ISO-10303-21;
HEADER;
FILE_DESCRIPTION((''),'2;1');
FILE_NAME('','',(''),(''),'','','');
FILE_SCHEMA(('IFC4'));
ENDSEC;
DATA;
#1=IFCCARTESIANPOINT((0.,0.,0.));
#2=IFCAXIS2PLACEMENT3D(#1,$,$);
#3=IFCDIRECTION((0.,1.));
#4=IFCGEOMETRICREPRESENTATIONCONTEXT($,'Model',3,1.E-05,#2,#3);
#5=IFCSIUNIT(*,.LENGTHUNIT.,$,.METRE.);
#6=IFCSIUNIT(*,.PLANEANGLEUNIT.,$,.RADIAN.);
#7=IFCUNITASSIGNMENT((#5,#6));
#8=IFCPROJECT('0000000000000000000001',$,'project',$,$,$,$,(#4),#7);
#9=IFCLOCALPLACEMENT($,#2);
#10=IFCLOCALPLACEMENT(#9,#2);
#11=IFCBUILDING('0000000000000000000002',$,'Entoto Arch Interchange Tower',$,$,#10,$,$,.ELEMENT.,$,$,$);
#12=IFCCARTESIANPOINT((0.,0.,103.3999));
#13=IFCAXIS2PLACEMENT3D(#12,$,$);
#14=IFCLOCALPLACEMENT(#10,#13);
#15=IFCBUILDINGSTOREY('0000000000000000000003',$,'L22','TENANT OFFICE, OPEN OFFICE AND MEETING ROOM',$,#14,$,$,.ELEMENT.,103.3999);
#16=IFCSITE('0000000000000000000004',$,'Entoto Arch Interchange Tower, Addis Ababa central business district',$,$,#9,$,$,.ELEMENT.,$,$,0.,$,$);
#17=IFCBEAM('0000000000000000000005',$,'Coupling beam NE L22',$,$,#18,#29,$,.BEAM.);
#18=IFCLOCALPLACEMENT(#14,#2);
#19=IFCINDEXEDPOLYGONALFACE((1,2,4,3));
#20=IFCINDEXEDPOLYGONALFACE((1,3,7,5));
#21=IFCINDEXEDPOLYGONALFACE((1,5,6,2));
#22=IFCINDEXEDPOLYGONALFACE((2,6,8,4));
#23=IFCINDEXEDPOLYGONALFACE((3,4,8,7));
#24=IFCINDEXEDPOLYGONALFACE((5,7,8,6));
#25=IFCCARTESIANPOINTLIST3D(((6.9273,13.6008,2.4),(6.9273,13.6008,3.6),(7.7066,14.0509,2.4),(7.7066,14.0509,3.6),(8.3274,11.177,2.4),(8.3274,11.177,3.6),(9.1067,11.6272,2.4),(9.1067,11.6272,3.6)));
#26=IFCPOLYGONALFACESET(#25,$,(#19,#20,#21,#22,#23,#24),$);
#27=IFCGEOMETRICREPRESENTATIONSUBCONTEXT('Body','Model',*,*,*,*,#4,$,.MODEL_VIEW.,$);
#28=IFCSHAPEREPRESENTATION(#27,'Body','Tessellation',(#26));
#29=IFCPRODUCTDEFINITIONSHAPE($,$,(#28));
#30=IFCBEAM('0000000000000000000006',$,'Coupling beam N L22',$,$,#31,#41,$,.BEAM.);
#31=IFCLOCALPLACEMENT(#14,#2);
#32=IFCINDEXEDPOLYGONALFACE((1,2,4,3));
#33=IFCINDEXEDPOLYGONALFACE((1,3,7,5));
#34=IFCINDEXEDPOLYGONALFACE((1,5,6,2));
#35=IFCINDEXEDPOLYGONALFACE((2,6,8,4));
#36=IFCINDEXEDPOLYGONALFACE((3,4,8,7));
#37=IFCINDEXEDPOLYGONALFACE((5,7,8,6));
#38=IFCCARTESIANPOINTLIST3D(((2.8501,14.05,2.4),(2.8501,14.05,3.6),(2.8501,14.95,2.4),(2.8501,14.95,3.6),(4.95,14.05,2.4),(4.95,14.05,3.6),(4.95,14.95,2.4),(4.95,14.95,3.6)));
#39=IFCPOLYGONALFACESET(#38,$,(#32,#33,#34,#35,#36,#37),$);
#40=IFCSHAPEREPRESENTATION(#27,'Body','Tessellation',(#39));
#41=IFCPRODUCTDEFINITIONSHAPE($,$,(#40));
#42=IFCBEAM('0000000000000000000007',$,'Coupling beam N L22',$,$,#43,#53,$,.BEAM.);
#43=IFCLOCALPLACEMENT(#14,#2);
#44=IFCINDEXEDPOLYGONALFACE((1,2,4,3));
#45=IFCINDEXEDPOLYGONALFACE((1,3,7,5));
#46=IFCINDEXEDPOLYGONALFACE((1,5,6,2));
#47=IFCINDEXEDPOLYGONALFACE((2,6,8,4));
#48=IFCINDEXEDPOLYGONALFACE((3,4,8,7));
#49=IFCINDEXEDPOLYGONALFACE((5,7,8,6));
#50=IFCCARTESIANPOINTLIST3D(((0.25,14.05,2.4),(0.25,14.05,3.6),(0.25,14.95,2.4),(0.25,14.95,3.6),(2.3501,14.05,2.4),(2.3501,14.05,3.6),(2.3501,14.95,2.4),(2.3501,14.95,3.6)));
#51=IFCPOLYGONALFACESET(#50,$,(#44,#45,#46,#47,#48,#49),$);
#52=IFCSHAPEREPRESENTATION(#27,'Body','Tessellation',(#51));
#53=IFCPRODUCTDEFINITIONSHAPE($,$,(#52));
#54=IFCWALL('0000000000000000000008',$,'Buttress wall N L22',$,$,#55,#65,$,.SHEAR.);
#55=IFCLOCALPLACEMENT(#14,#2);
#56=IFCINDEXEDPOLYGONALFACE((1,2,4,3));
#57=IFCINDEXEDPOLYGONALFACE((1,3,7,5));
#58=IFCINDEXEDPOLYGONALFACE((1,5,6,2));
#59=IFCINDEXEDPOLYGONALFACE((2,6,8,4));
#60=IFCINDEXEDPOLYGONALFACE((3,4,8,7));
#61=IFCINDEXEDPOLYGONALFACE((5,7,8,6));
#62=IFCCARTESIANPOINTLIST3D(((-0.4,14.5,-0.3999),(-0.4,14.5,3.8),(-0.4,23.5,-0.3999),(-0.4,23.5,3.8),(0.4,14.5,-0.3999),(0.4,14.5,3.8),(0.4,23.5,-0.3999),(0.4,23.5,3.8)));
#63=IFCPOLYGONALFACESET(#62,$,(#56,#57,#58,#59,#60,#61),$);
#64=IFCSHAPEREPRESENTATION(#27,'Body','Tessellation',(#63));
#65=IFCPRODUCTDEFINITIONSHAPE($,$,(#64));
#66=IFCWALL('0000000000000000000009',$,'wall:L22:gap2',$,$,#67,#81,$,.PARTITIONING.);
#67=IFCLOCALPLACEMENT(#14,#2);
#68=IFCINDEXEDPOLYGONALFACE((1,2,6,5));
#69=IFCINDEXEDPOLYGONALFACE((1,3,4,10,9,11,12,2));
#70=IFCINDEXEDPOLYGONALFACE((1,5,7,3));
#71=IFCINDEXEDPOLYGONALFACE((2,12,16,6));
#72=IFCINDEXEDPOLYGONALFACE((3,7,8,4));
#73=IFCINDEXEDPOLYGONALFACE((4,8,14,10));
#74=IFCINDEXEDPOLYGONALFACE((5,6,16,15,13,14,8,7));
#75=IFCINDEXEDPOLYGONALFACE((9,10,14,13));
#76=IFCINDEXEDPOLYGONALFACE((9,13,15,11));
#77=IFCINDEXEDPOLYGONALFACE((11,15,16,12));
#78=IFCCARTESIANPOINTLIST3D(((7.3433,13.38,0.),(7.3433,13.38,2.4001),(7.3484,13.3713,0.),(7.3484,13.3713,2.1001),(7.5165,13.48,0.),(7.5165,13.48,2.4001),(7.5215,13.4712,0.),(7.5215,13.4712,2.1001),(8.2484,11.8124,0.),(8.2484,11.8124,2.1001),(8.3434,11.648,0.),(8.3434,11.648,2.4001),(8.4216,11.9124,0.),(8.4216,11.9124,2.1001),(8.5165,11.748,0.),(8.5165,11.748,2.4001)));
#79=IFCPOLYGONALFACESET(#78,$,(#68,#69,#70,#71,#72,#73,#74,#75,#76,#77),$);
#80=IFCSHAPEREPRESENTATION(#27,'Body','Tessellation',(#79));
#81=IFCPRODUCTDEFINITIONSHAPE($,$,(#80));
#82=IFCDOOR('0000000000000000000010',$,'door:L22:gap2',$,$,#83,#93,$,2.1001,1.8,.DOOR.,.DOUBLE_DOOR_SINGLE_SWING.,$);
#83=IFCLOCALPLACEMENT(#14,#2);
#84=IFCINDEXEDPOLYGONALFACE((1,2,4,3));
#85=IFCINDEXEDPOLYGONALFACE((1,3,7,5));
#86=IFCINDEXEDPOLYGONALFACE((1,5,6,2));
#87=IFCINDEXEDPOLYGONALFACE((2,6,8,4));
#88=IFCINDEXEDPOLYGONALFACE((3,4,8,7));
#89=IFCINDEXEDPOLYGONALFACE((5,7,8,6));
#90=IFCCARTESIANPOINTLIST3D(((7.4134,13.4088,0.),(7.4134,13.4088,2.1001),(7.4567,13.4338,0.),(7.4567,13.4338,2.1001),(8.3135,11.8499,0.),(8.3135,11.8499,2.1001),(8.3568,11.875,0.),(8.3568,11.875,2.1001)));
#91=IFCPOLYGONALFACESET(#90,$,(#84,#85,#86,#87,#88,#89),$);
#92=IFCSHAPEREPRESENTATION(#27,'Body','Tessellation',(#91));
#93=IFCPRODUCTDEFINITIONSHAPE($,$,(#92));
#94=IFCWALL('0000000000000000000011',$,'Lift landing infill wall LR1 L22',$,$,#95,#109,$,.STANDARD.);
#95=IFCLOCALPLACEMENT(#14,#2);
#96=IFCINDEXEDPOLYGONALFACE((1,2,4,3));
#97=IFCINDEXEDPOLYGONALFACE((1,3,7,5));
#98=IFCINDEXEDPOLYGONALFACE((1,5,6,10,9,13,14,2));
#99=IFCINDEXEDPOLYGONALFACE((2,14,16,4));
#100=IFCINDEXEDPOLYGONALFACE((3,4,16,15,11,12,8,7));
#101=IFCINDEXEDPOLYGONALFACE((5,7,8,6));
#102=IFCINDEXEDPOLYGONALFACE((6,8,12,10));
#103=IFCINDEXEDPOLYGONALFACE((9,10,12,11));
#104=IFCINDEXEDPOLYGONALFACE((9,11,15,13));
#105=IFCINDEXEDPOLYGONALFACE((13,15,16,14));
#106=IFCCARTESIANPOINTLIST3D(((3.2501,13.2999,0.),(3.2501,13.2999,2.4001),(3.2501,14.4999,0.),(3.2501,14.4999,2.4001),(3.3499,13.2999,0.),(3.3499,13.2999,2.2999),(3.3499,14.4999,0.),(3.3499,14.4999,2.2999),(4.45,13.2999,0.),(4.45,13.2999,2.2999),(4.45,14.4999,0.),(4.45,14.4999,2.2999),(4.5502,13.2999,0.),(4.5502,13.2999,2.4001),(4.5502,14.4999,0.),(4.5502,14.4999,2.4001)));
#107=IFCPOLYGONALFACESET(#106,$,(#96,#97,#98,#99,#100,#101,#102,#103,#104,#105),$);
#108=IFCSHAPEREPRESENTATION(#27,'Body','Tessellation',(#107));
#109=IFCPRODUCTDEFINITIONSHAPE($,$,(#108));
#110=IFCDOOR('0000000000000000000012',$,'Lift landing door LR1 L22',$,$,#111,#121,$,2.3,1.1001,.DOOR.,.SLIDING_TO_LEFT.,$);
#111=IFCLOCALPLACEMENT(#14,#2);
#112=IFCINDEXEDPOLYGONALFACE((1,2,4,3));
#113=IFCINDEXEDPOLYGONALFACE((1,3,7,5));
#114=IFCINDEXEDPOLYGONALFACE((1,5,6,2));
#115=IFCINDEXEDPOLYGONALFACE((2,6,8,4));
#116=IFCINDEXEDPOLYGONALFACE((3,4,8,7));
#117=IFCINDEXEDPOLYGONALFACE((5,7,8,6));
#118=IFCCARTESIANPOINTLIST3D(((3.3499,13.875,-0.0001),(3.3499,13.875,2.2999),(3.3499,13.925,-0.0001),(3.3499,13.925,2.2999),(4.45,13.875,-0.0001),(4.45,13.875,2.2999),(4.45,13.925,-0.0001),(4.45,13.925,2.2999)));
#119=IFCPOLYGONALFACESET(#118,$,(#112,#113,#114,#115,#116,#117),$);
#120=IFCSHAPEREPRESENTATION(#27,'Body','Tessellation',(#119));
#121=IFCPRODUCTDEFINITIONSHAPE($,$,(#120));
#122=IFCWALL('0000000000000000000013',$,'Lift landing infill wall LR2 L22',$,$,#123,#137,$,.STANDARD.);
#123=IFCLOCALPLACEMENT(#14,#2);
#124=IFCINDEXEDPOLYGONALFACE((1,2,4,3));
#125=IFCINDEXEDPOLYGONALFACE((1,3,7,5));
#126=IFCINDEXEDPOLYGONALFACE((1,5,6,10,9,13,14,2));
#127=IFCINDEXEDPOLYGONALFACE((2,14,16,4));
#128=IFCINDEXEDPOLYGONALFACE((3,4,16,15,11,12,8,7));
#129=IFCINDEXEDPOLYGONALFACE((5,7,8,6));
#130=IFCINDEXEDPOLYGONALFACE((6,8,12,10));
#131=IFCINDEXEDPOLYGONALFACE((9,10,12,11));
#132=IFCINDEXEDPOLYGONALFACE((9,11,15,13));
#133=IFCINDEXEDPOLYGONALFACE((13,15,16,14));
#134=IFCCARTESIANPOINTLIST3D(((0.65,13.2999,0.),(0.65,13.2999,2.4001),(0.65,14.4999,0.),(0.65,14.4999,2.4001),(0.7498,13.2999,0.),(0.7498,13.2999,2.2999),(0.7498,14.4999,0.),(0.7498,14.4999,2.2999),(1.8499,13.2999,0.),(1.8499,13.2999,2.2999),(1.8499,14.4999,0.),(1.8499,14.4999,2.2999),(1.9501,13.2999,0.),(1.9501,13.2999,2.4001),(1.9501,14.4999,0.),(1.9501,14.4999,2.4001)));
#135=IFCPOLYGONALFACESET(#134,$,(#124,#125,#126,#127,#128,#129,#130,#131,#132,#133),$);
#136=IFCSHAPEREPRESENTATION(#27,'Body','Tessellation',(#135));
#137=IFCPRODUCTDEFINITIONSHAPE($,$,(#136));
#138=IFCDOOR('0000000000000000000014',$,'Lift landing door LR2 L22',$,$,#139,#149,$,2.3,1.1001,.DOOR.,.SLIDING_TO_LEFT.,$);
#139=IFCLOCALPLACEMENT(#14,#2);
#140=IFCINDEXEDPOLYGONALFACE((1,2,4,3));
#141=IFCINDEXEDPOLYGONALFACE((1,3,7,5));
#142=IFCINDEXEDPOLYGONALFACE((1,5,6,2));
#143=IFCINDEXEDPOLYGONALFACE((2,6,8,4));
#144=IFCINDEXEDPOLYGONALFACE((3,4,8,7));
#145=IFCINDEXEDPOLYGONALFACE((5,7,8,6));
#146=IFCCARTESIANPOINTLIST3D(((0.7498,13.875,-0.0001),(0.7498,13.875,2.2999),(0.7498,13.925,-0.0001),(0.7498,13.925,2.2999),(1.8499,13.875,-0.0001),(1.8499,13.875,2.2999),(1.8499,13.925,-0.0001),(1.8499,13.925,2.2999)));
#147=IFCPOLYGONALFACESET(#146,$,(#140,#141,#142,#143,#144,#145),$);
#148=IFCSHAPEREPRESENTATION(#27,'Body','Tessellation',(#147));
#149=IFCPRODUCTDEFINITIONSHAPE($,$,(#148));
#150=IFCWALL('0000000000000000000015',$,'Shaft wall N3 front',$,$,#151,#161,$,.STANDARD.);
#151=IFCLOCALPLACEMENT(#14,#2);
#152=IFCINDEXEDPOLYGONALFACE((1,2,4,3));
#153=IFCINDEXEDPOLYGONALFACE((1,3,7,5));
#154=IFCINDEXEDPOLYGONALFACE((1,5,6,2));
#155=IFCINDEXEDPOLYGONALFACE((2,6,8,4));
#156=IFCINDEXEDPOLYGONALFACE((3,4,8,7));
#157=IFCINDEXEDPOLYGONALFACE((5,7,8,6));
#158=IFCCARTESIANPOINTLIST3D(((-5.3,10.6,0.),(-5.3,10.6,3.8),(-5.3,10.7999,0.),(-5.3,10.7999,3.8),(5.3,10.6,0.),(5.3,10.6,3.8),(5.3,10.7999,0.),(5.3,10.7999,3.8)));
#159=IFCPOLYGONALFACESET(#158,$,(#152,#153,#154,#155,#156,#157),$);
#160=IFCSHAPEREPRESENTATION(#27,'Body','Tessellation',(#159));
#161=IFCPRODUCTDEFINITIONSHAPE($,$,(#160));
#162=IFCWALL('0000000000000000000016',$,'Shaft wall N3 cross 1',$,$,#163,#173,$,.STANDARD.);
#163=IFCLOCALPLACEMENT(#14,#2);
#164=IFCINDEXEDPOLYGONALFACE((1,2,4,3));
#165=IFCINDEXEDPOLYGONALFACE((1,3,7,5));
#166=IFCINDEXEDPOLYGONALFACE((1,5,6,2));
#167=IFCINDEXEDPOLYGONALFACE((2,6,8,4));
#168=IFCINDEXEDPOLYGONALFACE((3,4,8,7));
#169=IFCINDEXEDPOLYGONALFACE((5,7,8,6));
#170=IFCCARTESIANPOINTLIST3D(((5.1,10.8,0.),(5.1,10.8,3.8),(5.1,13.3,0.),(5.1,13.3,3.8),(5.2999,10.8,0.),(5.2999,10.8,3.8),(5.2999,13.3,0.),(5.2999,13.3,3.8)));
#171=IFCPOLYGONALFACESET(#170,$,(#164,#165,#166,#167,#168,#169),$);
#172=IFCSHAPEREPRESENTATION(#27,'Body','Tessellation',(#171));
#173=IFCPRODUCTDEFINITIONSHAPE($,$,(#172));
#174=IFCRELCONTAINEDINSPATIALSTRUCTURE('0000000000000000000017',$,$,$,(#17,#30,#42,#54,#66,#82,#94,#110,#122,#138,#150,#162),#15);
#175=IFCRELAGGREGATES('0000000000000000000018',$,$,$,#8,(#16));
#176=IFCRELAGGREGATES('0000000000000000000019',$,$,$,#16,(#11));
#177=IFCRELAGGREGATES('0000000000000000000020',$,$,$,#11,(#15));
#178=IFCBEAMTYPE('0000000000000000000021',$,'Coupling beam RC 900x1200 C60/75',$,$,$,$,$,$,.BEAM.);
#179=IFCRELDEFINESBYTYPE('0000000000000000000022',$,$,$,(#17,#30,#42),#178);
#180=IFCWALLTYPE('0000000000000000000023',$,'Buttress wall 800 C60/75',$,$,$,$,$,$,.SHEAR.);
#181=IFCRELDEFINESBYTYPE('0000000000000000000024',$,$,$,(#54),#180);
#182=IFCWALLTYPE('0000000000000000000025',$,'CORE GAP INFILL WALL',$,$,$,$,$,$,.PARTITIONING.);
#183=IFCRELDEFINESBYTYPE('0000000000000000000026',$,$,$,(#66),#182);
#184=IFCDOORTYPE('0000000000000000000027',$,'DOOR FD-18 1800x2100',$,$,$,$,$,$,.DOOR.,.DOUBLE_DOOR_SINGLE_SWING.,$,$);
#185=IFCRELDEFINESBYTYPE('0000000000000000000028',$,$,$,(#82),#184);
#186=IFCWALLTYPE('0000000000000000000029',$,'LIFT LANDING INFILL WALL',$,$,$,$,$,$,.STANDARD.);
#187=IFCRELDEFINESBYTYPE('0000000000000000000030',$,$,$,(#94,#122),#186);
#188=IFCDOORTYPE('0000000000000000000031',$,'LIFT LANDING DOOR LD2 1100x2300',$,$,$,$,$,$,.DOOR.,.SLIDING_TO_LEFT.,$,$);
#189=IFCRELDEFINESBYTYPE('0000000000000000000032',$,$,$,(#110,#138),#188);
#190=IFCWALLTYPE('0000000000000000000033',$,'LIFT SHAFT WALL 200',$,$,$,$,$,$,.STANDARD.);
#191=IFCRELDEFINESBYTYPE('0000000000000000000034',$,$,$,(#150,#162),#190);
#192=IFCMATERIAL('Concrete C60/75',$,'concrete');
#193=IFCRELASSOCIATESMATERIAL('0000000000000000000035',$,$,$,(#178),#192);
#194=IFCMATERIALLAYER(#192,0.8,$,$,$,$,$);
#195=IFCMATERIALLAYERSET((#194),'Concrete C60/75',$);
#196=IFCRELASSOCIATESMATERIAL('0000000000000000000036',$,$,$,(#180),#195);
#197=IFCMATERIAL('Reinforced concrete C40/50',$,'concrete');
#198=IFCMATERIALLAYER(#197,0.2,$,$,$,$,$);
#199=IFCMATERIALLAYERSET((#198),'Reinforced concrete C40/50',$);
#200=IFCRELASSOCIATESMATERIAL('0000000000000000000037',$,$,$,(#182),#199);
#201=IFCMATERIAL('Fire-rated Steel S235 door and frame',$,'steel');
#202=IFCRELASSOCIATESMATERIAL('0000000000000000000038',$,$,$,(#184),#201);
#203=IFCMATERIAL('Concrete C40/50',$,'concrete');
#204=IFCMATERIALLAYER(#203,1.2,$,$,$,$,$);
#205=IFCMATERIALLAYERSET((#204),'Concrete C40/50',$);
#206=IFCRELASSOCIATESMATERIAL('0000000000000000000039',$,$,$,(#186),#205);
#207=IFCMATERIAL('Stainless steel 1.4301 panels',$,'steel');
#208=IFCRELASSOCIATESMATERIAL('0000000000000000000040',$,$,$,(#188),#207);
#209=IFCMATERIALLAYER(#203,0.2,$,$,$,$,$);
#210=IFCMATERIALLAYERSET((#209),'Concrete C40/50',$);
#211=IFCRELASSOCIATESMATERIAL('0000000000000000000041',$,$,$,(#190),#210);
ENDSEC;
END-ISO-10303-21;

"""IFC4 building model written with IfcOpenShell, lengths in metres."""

from ifc_helpers import new_model, si_unit, direction, frame, frame_2d, origin, origin_2d, place, context, subcontext, project, spatial, rectangle, extrude, material, layer, layer_set, material_profile, profile_set, type_object, element, fill, save


model = new_model("IFC4")

# Units and contexts
model_context = context("Model", 3, precision=1e-05, world=origin(), true_north=direction((0.0, 1.0)))
body_context = subcontext(model_context, "Body", "Model", "MODEL_VIEW")
ifc_project = project(units=[si_unit("LENGTHUNIT", "METRE"), si_unit("PLANEANGLEUNIT", "RADIAN")], contexts=[model_context])

# Site, building, storey
site_placement = place(None, origin())
site = spatial("IfcSite", under=ifc_project, at=site_placement, Name="Entoto Arch Interchange Tower, Addis Ababa central business district", CompositionType="ELEMENT", RefElevation=0.0)
building_placement = place(site_placement, origin())
building = spatial("IfcBuilding", under=site, at=building_placement, Name="Entoto Arch Interchange Tower", CompositionType="ELEMENT")
storey_placement = place(building_placement, frame((0.0, 0.0, 103.3999)))
storey = spatial("IfcBuildingStorey", under=building, at=storey_placement, Name="L22", Description="TENANT OFFICE, OPEN OFFICE AND MEETING ROOM", CompositionType="ELEMENT", Elevation=103.3999)

# Beams
ifc_material_1 = material(Name="Concrete C60/75", Category="concrete")
ifc_material_profile = material_profile(ifc_material_1, rectangle(XDim=0.8999, YDim=1.2, at=origin_2d()))
ifc_profile_set = profile_set([ifc_material_profile], Name="Concrete C60/75")
beam_type = type_object("IfcBeamType", Name="Coupling beam RC 900x1200 C60/75", PredefinedType="BEAM", material=ifc_profile_set)
beam_1_placement = place(storey_placement, frame((8.717, 11.4021, 3.0), z_axis=(-0.500201, 0.86591, 0.0), x_axis=(-0.86591, -0.500201, 0.0)))
element("IfcBeam", 1, at=beam_1_placement, inside=storey, type_object=beam_type, Name="Coupling beam NE L22", PredefinedType="BEAM", context=body_context, shape_type="SweptSolid", body=[
    extrude(rectangle(XDim=0.8999, YDim=1.2, at=origin_2d()), origin(), (0.0, 0.0, 1.0), 2.7991),
])
beam_2_placement = place(storey_placement, frame((4.95, 14.5, 3.0), z_axis=(-1.0, 0.0, 0.0), x_axis=(0.0, -1.0, 0.0)))
element("IfcBeam", 2, at=beam_2_placement, inside=storey, type_object=beam_type, Name="Coupling beam N L22", PredefinedType="BEAM", context=body_context, shape_type="SweptSolid", body=[
    extrude(rectangle(XDim=0.8999, YDim=1.2, at=origin_2d()), origin(), (0.0, 0.0, 1.0), 2.0999),
])
beam_3_placement = place(storey_placement, frame((2.3501, 14.5, 3.0), z_axis=(-1.0, 0.0, 0.0), x_axis=(0.0, -1.0, 0.0)))
element("IfcBeam", 3, at=beam_3_placement, inside=storey, type_object=beam_type, Name="Coupling beam N L22", PredefinedType="BEAM", context=body_context, shape_type="SweptSolid", body=[
    extrude(rectangle(XDim=0.8999, YDim=1.2, at=origin_2d()), origin(), (0.0, 0.0, 1.0), 2.1001),
])

# Wall
ifc_layer_1 = layer(ifc_material_1, 0.8)
ifc_layer_set_1 = layer_set([ifc_layer_1], Name="Concrete C60/75")
wall_type_1 = type_object("IfcWallType", Name="Buttress wall 800 C60/75", PredefinedType="SHEAR", material=ifc_layer_set_1)
wall_1_placement = place(storey_placement, frame((0.0, 14.5, -0.3999), z_axis=(0.0, 0.0, 1.0), x_axis=(0.0, 1.0, 0.0)))
element("IfcWall", 4, at=wall_1_placement, inside=storey, type_object=wall_type_1, Name="Buttress wall N L22", PredefinedType="SHEAR", context=body_context, shape_type="SweptSolid", body=[
    extrude(rectangle(XDim=9.0, YDim=0.8, at=frame_2d((4.5, 0.0))), origin(), (0.0, 0.0, 1.0), 4.2),
])

# Walls, openings, doors
ifc_material_2 = material(Name="Reinforced concrete C40/50", Category="concrete")
ifc_layer_2 = layer(ifc_material_2, 0.2)
ifc_layer_set_2 = layer_set([ifc_layer_2], Name="Reinforced concrete C40/50")
wall_type_2 = type_object("IfcWallType", Name="CORE GAP INFILL WALL", PredefinedType="PARTITIONING", material=ifc_layer_set_2)
wall_2_placement = place(storey_placement, frame((8.4299, 11.698, 0.0), z_axis=(0.0, 0.0, 1.0), x_axis=(-0.500025, 0.866011, 0.0)))
wall_2 = element("IfcWall", 5, at=wall_2_placement, inside=storey, type_object=wall_type_2, Name="wall:L22:gap2", PredefinedType="PARTITIONING", context=body_context, shape_type="SweptSolid", body=[
    extrude(rectangle(XDim=2.0, YDim=0.2, at=frame_2d((1.0, 0.0))), origin(), (0.0, 0.0, 1.0), 2.4001),
])
opening_1_placement = place(wall_2_placement, frame((0.1899, 0.0, 0.0)))
opening_1 = element("IfcOpeningElement", 6, at=opening_1_placement, cuts=wall_2, PredefinedType="OPENING", context=body_context, shape_type="SweptSolid", body=[
    extrude(rectangle(XDim=1.8, YDim=2.1001, at=frame_2d((0.8999, 1.05))), frame((0.0, 0.1099, 0.0), z_axis=(0.0, -1.0, 0.0), x_axis=(1.0, 0.0, 0.0)), (0.0, 0.0, 1.0), 0.22),
])
ifc_material_3 = material(Name="Fire-rated Steel S235 door and frame", Category="steel")
door_type_1 = type_object("IfcDoorType", Name="DOOR FD-18 1800x2100", OperationType="DOUBLE_DOOR_SINGLE_SWING", PredefinedType="DOOR", material=ifc_material_3)
door_1_placement = place(opening_1_placement, origin())
door_1 = element("IfcDoor", 7, at=door_1_placement, inside=storey, type_object=door_type_1, Name="door:L22:gap2", OperationType="DOUBLE_DOOR_SINGLE_SWING", OverallHeight=2.1001, OverallWidth=1.8, PredefinedType="DOOR", context=body_context, shape_type="SweptSolid", body=[
    extrude(rectangle(XDim=1.8, YDim=2.1001, at=frame_2d((0.8999, 1.05))), frame((0.0, 0.0249, 0.0), z_axis=(0.0, -1.0, 0.0), x_axis=(1.0, 0.0, 0.0)), (0.0, 0.0, 1.0), 0.05),
])
fill(opening_1, door_1)
ifc_material_4 = material(Name="Concrete C40/50", Category="concrete")
ifc_layer_3 = layer(ifc_material_4, 1.2)
ifc_layer_set_3 = layer_set([ifc_layer_3], Name="Concrete C40/50")
wall_type_3 = type_object("IfcWallType", Name="LIFT LANDING INFILL WALL", PredefinedType="STANDARD", material=ifc_layer_set_3)
wall_3_placement = place(storey_placement, frame((4.55, 13.8999, 0.0), z_axis=(0.0, 0.0, 1.0), x_axis=(-1.0, 0.0, 0.0)))
wall_3 = element("IfcWall", 8, at=wall_3_placement, inside=storey, type_object=wall_type_3, Name="Lift landing infill wall LR1 L22", PredefinedType="STANDARD", context=body_context, shape_type="SweptSolid", body=[
    extrude(rectangle(XDim=1.3, YDim=1.2, at=frame_2d((0.6499, 0.0))), origin(), (0.0, 0.0, 1.0), 2.4001),
])
opening_2_placement = place(wall_3_placement, frame((0.1001, 0.0, 0.0)))
opening_2 = element("IfcOpeningElement", 9, at=opening_2_placement, cuts=wall_3, PredefinedType="OPENING", context=body_context, shape_type="SweptSolid", body=[
    extrude(rectangle(XDim=1.1001, YDim=2.3, at=frame_2d((0.55, 1.1499))), frame((0.0, 0.6099, 0.0), z_axis=(0.0, -1.0, 0.0), x_axis=(1.0, 0.0, 0.0)), (0.0, 0.0, 1.0), 1.22),
])
ifc_material_5 = material(Name="Stainless steel 1.4301 panels", Category="steel")
door_type_2 = type_object("IfcDoorType", Name="LIFT LANDING DOOR LD2 1100x2300", OperationType="SLIDING_TO_LEFT", PredefinedType="DOOR", material=ifc_material_5)
door_2_placement = place(opening_2_placement, origin())
door_2 = element("IfcDoor", 10, at=door_2_placement, inside=storey, type_object=door_type_2, Name="Lift landing door LR1 L22", OperationType="SLIDING_TO_LEFT", OverallHeight=2.3, OverallWidth=1.1001, PredefinedType="DOOR", context=body_context, shape_type="SweptSolid", body=[
    extrude(rectangle(XDim=1.1001, YDim=2.3, at=frame_2d((0.55, 1.1499))), frame((0.0, 0.0249, 0.0), z_axis=(0.0, -1.0, 0.0), x_axis=(1.0, 0.0, 0.0)), (0.0, 0.0, 1.0), 0.05),
])
fill(opening_2, door_2)
wall_4_placement = place(storey_placement, frame((1.95, 13.8999, 0.0), z_axis=(0.0, 0.0, 1.0), x_axis=(-1.0, 0.0, 0.0)))
wall_4 = element("IfcWall", 11, at=wall_4_placement, inside=storey, type_object=wall_type_3, Name="Lift landing infill wall LR2 L22", PredefinedType="STANDARD", context=body_context, shape_type="SweptSolid", body=[
    extrude(rectangle(XDim=1.3, YDim=1.2, at=frame_2d((0.6499, 0.0))), origin(), (0.0, 0.0, 1.0), 2.4001),
])
opening_3_placement = place(wall_4_placement, frame((0.1001, 0.0, 0.0)))
opening_3 = element("IfcOpeningElement", 12, at=opening_3_placement, cuts=wall_4, PredefinedType="OPENING", context=body_context, shape_type="SweptSolid", body=[
    extrude(rectangle(XDim=1.1001, YDim=2.3, at=frame_2d((0.55, 1.1499))), frame((0.0, 0.6099, 0.0), z_axis=(0.0, -1.0, 0.0), x_axis=(1.0, 0.0, 0.0)), (0.0, 0.0, 1.0), 1.22),
])
door_3_placement = place(opening_3_placement, origin())
door_3 = element("IfcDoor", 13, at=door_3_placement, inside=storey, type_object=door_type_2, Name="Lift landing door LR2 L22", OperationType="SLIDING_TO_LEFT", OverallHeight=2.3, OverallWidth=1.1001, PredefinedType="DOOR", context=body_context, shape_type="SweptSolid", body=[
    extrude(rectangle(XDim=1.1001, YDim=2.3, at=frame_2d((0.55, 1.1499))), frame((0.0, 0.0249, 0.0), z_axis=(0.0, -1.0, 0.0), x_axis=(1.0, 0.0, 0.0)), (0.0, 0.0, 1.0), 0.05),
])
fill(opening_3, door_3)

# Walls
ifc_layer_4 = layer(ifc_material_4, 0.2)
ifc_layer_set_4 = layer_set([ifc_layer_4], Name="Concrete C40/50")
wall_type_4 = type_object("IfcWallType", Name="LIFT SHAFT WALL 200", PredefinedType="STANDARD", material=ifc_layer_set_4)
wall_5_placement = place(storey_placement, frame((5.3, 10.7, 0.0), z_axis=(0.0, 0.0, 1.0), x_axis=(-1.0, 0.0, 0.0)))
element("IfcWall", 14, at=wall_5_placement, inside=storey, type_object=wall_type_4, Name="Shaft wall N3 front", PredefinedType="STANDARD", context=body_context, shape_type="SweptSolid", body=[
    extrude(rectangle(XDim=10.6001, YDim=0.2, at=frame_2d((5.3, 0.0))), origin(), (0.0, 0.0, 1.0), 3.8),
])
for number, where, z_axis, x_axis, name in (
    (15, (5.2, 10.8, 0.0), (0.0, 0.0, 1.0), (0.0, 1.0, 0.0), "Shaft wall N3 cross 1"),
):
    element("IfcWall", number, at=place(storey_placement, frame(where, z_axis=z_axis, x_axis=x_axis)), inside=storey, type_object=wall_type_4, Name=name, PredefinedType="STANDARD", context=body_context, shape_type="SweptSolid", body=[
        extrude(rectangle(XDim=2.5, YDim=0.2, at=frame_2d((1.25, 0.0))), origin(), (0.0, 0.0, 1.0), 3.8),
    ])

save(model, "model.ifc")
